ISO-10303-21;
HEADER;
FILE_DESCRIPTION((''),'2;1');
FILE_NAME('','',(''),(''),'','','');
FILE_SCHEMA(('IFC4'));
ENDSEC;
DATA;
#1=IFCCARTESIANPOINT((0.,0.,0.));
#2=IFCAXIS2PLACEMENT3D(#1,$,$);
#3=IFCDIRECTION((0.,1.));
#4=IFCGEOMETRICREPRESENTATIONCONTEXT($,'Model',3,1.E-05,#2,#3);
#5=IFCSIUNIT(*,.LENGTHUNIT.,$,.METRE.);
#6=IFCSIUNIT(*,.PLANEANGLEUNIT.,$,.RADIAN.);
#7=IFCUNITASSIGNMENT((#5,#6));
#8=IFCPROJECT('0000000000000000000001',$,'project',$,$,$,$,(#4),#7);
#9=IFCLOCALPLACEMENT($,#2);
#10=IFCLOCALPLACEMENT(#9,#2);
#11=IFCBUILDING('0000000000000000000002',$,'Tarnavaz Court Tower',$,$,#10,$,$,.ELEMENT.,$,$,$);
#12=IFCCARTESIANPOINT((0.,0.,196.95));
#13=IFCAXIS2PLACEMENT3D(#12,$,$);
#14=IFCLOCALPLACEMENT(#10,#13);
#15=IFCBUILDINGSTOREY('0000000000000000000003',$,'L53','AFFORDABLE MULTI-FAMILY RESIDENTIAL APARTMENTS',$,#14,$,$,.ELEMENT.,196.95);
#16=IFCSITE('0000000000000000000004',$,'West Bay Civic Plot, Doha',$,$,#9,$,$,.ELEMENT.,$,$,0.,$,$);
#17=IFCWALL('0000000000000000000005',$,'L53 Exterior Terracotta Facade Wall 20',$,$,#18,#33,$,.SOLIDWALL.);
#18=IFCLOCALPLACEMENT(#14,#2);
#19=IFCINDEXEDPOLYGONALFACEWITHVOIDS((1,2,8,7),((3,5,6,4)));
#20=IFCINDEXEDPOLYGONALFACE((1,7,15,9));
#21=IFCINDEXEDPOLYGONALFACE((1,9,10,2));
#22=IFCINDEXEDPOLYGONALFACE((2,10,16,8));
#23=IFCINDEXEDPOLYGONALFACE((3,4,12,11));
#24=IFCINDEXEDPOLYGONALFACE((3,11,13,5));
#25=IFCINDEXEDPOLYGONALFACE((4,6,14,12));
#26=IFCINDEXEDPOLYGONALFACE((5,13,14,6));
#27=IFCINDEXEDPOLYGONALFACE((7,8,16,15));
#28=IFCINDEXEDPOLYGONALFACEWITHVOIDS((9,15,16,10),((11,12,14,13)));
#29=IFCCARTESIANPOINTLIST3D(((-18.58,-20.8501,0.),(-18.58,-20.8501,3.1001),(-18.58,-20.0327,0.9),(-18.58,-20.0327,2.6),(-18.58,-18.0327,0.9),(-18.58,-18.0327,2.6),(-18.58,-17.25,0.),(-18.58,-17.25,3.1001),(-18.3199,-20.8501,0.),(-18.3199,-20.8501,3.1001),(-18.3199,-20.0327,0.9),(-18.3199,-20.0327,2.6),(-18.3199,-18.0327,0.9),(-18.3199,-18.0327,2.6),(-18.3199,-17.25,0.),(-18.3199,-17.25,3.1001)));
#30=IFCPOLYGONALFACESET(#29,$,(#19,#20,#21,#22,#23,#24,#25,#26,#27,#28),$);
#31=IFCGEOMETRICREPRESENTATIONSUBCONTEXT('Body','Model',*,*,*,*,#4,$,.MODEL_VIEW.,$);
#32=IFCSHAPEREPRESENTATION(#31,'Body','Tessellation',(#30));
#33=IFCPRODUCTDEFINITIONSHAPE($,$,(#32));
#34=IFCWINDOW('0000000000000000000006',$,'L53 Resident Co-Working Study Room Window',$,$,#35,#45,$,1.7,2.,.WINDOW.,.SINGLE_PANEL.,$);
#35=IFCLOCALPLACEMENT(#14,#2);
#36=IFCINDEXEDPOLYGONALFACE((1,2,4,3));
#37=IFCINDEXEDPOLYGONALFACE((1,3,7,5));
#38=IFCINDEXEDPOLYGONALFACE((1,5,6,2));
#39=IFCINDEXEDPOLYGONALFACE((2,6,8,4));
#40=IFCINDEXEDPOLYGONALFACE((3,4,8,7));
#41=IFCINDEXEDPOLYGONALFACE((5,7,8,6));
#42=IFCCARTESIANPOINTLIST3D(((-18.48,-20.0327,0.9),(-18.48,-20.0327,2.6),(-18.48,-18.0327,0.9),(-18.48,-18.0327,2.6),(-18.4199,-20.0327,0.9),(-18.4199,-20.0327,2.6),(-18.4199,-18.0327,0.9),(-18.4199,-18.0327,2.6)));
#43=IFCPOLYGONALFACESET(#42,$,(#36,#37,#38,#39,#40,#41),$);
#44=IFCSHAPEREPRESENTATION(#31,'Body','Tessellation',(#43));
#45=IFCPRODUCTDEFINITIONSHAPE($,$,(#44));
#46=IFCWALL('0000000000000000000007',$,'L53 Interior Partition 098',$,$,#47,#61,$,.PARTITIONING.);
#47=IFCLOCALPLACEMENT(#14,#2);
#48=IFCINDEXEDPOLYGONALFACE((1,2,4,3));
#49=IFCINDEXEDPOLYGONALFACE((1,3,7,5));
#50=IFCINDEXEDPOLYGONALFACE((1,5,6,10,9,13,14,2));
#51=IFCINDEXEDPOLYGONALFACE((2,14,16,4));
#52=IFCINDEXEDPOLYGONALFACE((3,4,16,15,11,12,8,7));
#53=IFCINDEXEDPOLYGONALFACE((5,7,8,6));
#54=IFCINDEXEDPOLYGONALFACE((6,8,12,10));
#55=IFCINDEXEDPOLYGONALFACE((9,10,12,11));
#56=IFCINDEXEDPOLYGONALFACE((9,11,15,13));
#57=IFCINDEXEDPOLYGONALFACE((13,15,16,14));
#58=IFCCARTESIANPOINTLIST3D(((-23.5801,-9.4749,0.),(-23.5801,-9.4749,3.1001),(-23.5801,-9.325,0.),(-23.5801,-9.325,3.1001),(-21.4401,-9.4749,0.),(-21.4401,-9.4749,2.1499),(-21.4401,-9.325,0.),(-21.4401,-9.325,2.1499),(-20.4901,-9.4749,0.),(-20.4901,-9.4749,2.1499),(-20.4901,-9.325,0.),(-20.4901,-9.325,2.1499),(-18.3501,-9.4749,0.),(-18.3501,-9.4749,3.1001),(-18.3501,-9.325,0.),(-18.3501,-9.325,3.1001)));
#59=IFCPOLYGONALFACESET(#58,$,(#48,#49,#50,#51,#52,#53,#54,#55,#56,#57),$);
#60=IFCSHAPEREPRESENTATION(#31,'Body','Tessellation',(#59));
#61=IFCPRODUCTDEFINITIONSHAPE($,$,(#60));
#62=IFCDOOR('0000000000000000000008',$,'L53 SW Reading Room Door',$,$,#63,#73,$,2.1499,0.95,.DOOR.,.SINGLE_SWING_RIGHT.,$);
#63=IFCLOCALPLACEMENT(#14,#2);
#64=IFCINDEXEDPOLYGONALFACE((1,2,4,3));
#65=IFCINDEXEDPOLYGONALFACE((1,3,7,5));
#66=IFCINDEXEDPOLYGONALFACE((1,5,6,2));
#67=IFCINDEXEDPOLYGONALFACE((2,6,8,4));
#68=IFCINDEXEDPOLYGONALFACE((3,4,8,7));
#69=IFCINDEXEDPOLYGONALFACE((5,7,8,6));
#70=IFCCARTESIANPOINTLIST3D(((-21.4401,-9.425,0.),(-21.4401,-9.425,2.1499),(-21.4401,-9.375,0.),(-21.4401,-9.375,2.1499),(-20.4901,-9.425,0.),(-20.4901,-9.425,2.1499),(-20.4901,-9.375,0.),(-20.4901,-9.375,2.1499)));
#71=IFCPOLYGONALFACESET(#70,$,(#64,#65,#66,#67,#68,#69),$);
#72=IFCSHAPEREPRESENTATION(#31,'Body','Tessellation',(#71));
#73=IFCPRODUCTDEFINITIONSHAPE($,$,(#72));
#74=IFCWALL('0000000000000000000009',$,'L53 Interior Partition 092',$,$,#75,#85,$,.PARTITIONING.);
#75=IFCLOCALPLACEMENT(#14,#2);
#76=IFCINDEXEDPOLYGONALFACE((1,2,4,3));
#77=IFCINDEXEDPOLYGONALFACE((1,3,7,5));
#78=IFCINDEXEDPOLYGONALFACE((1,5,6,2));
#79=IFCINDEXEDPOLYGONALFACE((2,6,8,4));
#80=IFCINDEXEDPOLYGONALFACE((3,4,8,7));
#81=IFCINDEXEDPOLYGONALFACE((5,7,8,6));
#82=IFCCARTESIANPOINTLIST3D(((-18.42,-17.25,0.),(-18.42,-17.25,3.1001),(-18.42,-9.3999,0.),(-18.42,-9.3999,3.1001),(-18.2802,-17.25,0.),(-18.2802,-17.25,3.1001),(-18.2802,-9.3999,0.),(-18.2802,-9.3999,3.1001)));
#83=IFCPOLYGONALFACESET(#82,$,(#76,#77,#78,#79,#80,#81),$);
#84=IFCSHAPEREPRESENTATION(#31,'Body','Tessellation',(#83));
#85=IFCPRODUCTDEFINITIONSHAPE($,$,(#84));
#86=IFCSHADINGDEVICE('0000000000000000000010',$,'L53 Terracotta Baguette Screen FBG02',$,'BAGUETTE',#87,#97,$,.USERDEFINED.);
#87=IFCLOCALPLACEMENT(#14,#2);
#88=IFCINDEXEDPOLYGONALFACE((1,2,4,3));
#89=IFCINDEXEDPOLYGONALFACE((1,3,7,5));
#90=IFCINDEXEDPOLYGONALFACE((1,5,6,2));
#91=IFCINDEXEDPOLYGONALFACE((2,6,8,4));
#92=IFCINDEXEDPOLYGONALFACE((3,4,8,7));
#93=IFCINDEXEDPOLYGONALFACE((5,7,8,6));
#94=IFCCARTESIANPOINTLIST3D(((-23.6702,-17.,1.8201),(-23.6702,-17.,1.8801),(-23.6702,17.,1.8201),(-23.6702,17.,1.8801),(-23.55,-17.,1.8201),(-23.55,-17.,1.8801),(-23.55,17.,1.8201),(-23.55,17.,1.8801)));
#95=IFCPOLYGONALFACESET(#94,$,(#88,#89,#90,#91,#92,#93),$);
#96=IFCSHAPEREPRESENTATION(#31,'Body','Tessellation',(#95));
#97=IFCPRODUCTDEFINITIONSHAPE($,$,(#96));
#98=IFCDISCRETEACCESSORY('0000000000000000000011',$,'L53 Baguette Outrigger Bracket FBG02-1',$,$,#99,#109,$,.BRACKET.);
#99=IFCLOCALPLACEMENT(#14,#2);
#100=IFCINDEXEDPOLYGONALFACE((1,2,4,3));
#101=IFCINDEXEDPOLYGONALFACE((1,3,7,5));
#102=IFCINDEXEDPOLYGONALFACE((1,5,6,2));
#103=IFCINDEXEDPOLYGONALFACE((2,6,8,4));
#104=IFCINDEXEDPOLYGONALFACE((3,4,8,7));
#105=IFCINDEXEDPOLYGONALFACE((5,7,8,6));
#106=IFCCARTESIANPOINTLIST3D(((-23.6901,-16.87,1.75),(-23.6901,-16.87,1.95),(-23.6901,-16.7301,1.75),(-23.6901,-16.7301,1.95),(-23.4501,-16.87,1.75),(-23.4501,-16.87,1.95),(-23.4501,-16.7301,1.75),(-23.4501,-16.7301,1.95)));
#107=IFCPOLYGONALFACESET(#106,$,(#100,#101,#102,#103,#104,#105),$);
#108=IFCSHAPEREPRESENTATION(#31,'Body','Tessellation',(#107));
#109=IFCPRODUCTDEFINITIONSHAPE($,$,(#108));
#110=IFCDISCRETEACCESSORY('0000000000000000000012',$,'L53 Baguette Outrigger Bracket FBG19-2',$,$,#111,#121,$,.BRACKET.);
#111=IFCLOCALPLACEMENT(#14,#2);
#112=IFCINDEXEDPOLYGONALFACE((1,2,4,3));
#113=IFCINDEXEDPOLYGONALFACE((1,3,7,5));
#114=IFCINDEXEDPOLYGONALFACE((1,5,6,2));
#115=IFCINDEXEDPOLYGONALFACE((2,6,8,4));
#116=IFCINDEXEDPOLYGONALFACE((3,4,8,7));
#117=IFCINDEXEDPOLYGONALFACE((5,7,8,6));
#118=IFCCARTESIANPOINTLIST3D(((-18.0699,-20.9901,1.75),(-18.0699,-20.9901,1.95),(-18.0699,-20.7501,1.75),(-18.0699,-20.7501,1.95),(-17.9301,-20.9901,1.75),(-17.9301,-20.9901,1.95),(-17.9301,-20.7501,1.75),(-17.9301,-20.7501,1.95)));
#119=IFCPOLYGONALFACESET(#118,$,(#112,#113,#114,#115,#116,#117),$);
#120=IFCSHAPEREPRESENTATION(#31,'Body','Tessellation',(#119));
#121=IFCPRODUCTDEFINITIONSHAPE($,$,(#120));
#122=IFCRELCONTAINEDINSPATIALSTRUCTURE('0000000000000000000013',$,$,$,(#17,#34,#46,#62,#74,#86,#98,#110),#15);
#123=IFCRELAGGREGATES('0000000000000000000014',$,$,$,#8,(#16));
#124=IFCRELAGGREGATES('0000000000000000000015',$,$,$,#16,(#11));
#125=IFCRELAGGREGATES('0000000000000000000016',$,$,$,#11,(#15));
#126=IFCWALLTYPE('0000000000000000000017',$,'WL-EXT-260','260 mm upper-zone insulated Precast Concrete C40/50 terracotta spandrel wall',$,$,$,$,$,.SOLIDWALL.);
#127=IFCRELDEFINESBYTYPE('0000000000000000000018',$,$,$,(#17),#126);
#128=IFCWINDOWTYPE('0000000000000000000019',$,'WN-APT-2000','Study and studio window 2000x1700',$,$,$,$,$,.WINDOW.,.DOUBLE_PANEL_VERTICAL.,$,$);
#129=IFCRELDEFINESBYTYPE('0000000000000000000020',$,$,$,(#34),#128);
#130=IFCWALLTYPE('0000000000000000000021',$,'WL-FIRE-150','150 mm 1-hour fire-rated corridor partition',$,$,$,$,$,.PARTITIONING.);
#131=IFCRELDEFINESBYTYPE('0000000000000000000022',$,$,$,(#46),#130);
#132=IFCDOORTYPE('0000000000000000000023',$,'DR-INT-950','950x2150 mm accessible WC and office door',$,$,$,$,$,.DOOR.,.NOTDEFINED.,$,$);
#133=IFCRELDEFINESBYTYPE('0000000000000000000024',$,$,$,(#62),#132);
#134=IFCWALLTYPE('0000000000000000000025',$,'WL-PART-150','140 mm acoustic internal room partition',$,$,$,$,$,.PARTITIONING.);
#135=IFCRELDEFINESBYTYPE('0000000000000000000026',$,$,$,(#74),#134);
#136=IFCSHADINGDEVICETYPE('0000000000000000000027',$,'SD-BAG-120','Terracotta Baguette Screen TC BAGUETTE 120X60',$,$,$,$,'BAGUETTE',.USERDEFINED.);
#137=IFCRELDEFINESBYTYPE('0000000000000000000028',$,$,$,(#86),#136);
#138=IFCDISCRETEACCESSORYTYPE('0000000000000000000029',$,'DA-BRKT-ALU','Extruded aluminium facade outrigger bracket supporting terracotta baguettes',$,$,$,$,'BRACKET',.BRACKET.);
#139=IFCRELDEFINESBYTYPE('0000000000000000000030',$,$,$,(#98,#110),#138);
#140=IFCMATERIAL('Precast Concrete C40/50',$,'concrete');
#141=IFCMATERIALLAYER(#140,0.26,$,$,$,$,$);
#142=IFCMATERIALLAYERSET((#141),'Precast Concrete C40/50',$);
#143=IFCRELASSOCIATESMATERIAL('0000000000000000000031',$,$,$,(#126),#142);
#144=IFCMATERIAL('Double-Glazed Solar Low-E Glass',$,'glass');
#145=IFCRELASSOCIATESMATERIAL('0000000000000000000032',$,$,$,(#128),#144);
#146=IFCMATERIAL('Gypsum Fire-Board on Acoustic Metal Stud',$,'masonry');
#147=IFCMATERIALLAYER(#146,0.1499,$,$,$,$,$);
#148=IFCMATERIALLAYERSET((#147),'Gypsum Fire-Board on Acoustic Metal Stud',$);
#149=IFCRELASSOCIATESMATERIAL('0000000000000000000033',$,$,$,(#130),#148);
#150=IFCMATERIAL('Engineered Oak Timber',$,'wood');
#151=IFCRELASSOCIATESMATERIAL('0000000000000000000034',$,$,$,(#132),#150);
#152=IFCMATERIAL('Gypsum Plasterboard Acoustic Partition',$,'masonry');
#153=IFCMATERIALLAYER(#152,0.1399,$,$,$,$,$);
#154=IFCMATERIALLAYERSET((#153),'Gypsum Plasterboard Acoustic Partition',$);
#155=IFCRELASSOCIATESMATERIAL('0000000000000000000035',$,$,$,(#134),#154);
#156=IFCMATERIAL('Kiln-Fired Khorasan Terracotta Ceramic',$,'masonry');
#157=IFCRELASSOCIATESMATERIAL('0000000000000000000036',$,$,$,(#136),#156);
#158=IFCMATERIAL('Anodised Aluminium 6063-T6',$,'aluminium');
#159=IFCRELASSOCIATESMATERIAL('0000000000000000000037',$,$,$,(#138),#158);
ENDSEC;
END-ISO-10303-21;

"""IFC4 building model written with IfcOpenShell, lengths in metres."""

from ifc_helpers import new_model, si_unit, direction, frame, frame_2d, origin, origin_2d, place, context, subcontext, project, spatial, rectangle, extrude, material, layer, layer_set, material_profile, profile_set, type_object, element, fill, save


model = new_model("IFC4")

# Units and contexts
model_context = context("Model", 3, precision=1e-05, world=origin(), true_north=direction((0.0, 1.0)))
body_context = subcontext(model_context, "Body", "Model", "MODEL_VIEW")
ifc_project = project(units=[si_unit("LENGTHUNIT", "METRE"), si_unit("PLANEANGLEUNIT", "RADIAN")], contexts=[model_context])

# Site, building, storey
site_placement = place(None, origin())
site = spatial("IfcSite", under=ifc_project, at=site_placement, Name="West Bay Civic Plot, Doha", CompositionType="ELEMENT", RefElevation=0.0)
building_placement = place(site_placement, origin())
building = spatial("IfcBuilding", under=site, at=building_placement, Name="Tarnavaz Court Tower", CompositionType="ELEMENT")
storey_placement = place(building_placement, frame((0.0, 0.0, 196.95)))
storey = spatial("IfcBuildingStorey", under=building, at=storey_placement, Name="L53", Description="AFFORDABLE MULTI-FAMILY RESIDENTIAL APARTMENTS", CompositionType="ELEMENT", Elevation=196.95)

# Shared definitions
ifc_material_1 = material(Name="Precast Concrete C40/50", Category="concrete")
ifc_layer_1 = layer(ifc_material_1, 0.26)
ifc_layer_set_1 = layer_set([ifc_layer_1], Name="Precast Concrete C40/50")
wall_type_1 = type_object("IfcWallType", Name="WL-EXT-260", Description="260 mm upper-zone insulated Precast Concrete C40/50 terracotta spandrel wall", PredefinedType="SOLIDWALL", material=ifc_layer_set_1)
ifc_material_2 = material(Name="Double-Glazed Solar Low-E Glass", Category="glass")

# Shared definitions
window_type_1 = type_object("IfcWindowType", Name="WN-APT-2000", Description="Study and studio window 2000x1700", PartitioningType="DOUBLE_PANEL_VERTICAL", PredefinedType="WINDOW", material=ifc_material_2)

# Wall, opening, window
wall_1_placement = place(storey_placement, frame((-18.45, -20.8501, 0.0), z_axis=(0.0, 0.0, 1.0), x_axis=(0.0, 1.0, 0.0)))
wall_1 = element("IfcWall", 1, at=wall_1_placement, inside=storey, type_object=wall_type_1, Name="L53 Exterior Terracotta Facade Wall 20", PredefinedType="SOLIDWALL", context=body_context, shape_type="SweptSolid", body=[
    extrude(rectangle(XDim=3.6001, YDim=0.26, at=frame_2d((1.8, 0.0))), origin(), (0.0, 0.0, 1.0), 3.1001),
])
opening_1_placement = place(wall_1_placement, frame((0.8174, 0.0, 0.8999)))
opening_1 = element("IfcOpeningElement", 2, at=opening_1_placement, cuts=wall_1, PredefinedType="OPENING", context=body_context, shape_type="SweptSolid", body=[
    extrude(rectangle(XDim=2.0, YDim=1.7, at=frame_2d((1.0, 0.8501))), frame((0.0, 0.1399, 0.0), z_axis=(0.0, -1.0, 0.0), x_axis=(1.0, 0.0, 0.0)), (0.0, 0.0, 1.0), 0.28),
])
window_1_placement = place(opening_1_placement, origin())
window_1 = element("IfcWindow", 3, at=window_1_placement, inside=storey, type_object=window_type_1, Name="L53 Resident Co-Working Study Room Window", OverallHeight=1.7, OverallWidth=2.0, PartitioningType="SINGLE_PANEL", PredefinedType="WINDOW", context=body_context, shape_type="SweptSolid", body=[
    extrude(rectangle(XDim=2.0, YDim=1.7, at=frame_2d((1.0, 0.8501))), frame((0.0, 0.03, 0.0), z_axis=(0.0, -1.0, 0.0), x_axis=(1.0, 0.0, 0.0)), (0.0, 0.0, 1.0), 0.0601),
])
fill(opening_1, window_1)

# Shared definitions
ifc_material_3 = material(Name="Gypsum Fire-Board on Acoustic Metal Stud", Category="masonry")
ifc_layer_2 = layer(ifc_material_3, 0.1499)
ifc_layer_set_2 = layer_set([ifc_layer_2], Name="Gypsum Fire-Board on Acoustic Metal Stud")
wall_type_2 = type_object("IfcWallType", Name="WL-FIRE-150", Description="150 mm 1-hour fire-rated corridor partition", PredefinedType="PARTITIONING", material=ifc_layer_set_2)
ifc_material_4 = material(Name="Engineered Oak Timber", Category="wood")
door_type = type_object("IfcDoorType", Name="DR-INT-950", Description="950x2150 mm accessible WC and office door", OperationType="NOTDEFINED", PredefinedType="DOOR", material=ifc_material_4)

# Wall, opening, door
wall_2_placement = place(storey_placement, frame((-23.5801, -9.3999, 0.0), z_axis=(0.0, 0.0, 1.0), x_axis=(1.0, 0.0, 0.0)))
wall_2 = element("IfcWall", 4, at=wall_2_placement, inside=storey, type_object=wall_type_2, Name="L53 Interior Partition 098", PredefinedType="PARTITIONING", context=body_context, shape_type="SweptSolid", body=[
    extrude(rectangle(XDim=5.23, YDim=0.1499, at=frame_2d((2.615, 0.0))), origin(), (0.0, 0.0, 1.0), 3.1001),
])
opening_2_placement = place(wall_2_placement, frame((2.1399, 0.0, 0.0)))
opening_2 = element("IfcOpeningElement", 5, at=opening_2_placement, cuts=wall_2, PredefinedType="OPENING", context=body_context, shape_type="SweptSolid", body=[
    extrude(rectangle(XDim=0.95, YDim=2.1499, at=frame_2d((0.4751, 1.075))), frame((0.0, 0.085, 0.0), z_axis=(0.0, -1.0, 0.0), x_axis=(1.0, 0.0, 0.0)), (0.0, 0.0, 1.0), 0.1699),
])
door_1_placement = place(opening_2_placement, origin())
door_1 = element("IfcDoor", 6, at=door_1_placement, inside=storey, type_object=door_type, Name="L53 SW Reading Room Door", OperationType="SINGLE_SWING_RIGHT", OverallHeight=2.1499, OverallWidth=0.95, PredefinedType="DOOR", context=body_context, shape_type="SweptSolid", body=[
    extrude(rectangle(XDim=0.95, YDim=2.1499, at=frame_2d((0.4751, 1.075))), frame((0.0, 0.0249, 0.0), z_axis=(0.0, -1.0, 0.0), x_axis=(1.0, 0.0, 0.0)), (0.0, 0.0, 1.0), 0.05),
])
fill(opening_2, door_1)

# Wall
ifc_material_5 = material(Name="Gypsum Plasterboard Acoustic Partition", Category="masonry")
ifc_layer_3 = layer(ifc_material_5, 0.1399)
ifc_layer_set_3 = layer_set([ifc_layer_3], Name="Gypsum Plasterboard Acoustic Partition")
wall_type_3 = type_object("IfcWallType", Name="WL-PART-150", Description="140 mm acoustic internal room partition", PredefinedType="PARTITIONING", material=ifc_layer_set_3)
wall_3_placement = place(storey_placement, frame((-18.3501, -17.25, 0.0), z_axis=(0.0, 0.0, 1.0), x_axis=(0.0, 1.0, 0.0)))
element("IfcWall", 7, at=wall_3_placement, inside=storey, type_object=wall_type_3, Name="L53 Interior Partition 092", PredefinedType="PARTITIONING", context=body_context, shape_type="SweptSolid", body=[
    extrude(rectangle(XDim=7.8501, YDim=0.1399, at=frame_2d((3.925, 0.0))), origin(), (0.0, 0.0, 1.0), 3.1001),
])

# Shading device
ifc_material_6 = material(Name="Kiln-Fired Khorasan Terracotta Ceramic", Category="masonry")
ifc_material_profile_1 = material_profile(ifc_material_6, rectangle(XDim=0.1201, YDim=0.0601, at=origin_2d()), Name="TC BAGUETTE 120X60")
ifc_profile_set_1 = profile_set([ifc_material_profile_1], Name="Kiln-Fired Khorasan Terracotta Ceramic")
shading_device_type = type_object("IfcShadingDeviceType", Name="SD-BAG-120", Description="Terracotta Baguette Screen TC BAGUETTE 120X60", ElementType="BAGUETTE", PredefinedType="USERDEFINED", material=ifc_profile_set_1)
shading_device_placement = place(storey_placement, frame((-23.6101, -17.0, 1.8501), z_axis=(0.0, 1.0, 0.0), x_axis=(-1.0, 0.0, 0.0)))
element("IfcShadingDevice", 8, at=shading_device_placement, inside=storey, type_object=shading_device_type, Name="L53 Terracotta Baguette Screen FBG02", ObjectType="BAGUETTE", PredefinedType="USERDEFINED", context=body_context, shape_type="SweptSolid", body=[
    extrude(rectangle(XDim=0.1201, YDim=0.0601, at=origin_2d()), origin(), (0.0, 0.0, 1.0), 34.0),
])

# Discrete accessories
ifc_material_7 = material(Name="Anodised Aluminium 6063-T6", Category="aluminium")
discrete_accessory_type = type_object("IfcDiscreteAccessoryType", Name="DA-BRKT-ALU", Description="Extruded aluminium facade outrigger bracket supporting terracotta baguettes", ElementType="BRACKET", PredefinedType="BRACKET", material=ifc_material_7)
for number, where, z_axis, x_axis, name in (
    (9, (-23.5701, -16.8, 1.75), (0.0, 0.0, 1.0), (0.0, 1.0, 0.0), "L53 Baguette Outrigger Bracket FBG02-1"),
    (10, (-18.0, -20.8701, 1.75), (0.0, 0.0, 1.0), (-1.0, 0.0, 0.0), "L53 Baguette Outrigger Bracket FBG19-2"),
):
    element("IfcDiscreteAccessory", number, at=place(storey_placement, frame(where, z_axis=z_axis, x_axis=x_axis)), inside=storey, type_object=discrete_accessory_type, Name=name, PredefinedType="BRACKET", context=body_context, shape_type="SweptSolid", body=[
        extrude(rectangle(XDim=0.1399, YDim=0.24, at=origin_2d()), origin(), (0.0, 0.0, 1.0), 0.2),
    ])

save(model, "model.ifc")
